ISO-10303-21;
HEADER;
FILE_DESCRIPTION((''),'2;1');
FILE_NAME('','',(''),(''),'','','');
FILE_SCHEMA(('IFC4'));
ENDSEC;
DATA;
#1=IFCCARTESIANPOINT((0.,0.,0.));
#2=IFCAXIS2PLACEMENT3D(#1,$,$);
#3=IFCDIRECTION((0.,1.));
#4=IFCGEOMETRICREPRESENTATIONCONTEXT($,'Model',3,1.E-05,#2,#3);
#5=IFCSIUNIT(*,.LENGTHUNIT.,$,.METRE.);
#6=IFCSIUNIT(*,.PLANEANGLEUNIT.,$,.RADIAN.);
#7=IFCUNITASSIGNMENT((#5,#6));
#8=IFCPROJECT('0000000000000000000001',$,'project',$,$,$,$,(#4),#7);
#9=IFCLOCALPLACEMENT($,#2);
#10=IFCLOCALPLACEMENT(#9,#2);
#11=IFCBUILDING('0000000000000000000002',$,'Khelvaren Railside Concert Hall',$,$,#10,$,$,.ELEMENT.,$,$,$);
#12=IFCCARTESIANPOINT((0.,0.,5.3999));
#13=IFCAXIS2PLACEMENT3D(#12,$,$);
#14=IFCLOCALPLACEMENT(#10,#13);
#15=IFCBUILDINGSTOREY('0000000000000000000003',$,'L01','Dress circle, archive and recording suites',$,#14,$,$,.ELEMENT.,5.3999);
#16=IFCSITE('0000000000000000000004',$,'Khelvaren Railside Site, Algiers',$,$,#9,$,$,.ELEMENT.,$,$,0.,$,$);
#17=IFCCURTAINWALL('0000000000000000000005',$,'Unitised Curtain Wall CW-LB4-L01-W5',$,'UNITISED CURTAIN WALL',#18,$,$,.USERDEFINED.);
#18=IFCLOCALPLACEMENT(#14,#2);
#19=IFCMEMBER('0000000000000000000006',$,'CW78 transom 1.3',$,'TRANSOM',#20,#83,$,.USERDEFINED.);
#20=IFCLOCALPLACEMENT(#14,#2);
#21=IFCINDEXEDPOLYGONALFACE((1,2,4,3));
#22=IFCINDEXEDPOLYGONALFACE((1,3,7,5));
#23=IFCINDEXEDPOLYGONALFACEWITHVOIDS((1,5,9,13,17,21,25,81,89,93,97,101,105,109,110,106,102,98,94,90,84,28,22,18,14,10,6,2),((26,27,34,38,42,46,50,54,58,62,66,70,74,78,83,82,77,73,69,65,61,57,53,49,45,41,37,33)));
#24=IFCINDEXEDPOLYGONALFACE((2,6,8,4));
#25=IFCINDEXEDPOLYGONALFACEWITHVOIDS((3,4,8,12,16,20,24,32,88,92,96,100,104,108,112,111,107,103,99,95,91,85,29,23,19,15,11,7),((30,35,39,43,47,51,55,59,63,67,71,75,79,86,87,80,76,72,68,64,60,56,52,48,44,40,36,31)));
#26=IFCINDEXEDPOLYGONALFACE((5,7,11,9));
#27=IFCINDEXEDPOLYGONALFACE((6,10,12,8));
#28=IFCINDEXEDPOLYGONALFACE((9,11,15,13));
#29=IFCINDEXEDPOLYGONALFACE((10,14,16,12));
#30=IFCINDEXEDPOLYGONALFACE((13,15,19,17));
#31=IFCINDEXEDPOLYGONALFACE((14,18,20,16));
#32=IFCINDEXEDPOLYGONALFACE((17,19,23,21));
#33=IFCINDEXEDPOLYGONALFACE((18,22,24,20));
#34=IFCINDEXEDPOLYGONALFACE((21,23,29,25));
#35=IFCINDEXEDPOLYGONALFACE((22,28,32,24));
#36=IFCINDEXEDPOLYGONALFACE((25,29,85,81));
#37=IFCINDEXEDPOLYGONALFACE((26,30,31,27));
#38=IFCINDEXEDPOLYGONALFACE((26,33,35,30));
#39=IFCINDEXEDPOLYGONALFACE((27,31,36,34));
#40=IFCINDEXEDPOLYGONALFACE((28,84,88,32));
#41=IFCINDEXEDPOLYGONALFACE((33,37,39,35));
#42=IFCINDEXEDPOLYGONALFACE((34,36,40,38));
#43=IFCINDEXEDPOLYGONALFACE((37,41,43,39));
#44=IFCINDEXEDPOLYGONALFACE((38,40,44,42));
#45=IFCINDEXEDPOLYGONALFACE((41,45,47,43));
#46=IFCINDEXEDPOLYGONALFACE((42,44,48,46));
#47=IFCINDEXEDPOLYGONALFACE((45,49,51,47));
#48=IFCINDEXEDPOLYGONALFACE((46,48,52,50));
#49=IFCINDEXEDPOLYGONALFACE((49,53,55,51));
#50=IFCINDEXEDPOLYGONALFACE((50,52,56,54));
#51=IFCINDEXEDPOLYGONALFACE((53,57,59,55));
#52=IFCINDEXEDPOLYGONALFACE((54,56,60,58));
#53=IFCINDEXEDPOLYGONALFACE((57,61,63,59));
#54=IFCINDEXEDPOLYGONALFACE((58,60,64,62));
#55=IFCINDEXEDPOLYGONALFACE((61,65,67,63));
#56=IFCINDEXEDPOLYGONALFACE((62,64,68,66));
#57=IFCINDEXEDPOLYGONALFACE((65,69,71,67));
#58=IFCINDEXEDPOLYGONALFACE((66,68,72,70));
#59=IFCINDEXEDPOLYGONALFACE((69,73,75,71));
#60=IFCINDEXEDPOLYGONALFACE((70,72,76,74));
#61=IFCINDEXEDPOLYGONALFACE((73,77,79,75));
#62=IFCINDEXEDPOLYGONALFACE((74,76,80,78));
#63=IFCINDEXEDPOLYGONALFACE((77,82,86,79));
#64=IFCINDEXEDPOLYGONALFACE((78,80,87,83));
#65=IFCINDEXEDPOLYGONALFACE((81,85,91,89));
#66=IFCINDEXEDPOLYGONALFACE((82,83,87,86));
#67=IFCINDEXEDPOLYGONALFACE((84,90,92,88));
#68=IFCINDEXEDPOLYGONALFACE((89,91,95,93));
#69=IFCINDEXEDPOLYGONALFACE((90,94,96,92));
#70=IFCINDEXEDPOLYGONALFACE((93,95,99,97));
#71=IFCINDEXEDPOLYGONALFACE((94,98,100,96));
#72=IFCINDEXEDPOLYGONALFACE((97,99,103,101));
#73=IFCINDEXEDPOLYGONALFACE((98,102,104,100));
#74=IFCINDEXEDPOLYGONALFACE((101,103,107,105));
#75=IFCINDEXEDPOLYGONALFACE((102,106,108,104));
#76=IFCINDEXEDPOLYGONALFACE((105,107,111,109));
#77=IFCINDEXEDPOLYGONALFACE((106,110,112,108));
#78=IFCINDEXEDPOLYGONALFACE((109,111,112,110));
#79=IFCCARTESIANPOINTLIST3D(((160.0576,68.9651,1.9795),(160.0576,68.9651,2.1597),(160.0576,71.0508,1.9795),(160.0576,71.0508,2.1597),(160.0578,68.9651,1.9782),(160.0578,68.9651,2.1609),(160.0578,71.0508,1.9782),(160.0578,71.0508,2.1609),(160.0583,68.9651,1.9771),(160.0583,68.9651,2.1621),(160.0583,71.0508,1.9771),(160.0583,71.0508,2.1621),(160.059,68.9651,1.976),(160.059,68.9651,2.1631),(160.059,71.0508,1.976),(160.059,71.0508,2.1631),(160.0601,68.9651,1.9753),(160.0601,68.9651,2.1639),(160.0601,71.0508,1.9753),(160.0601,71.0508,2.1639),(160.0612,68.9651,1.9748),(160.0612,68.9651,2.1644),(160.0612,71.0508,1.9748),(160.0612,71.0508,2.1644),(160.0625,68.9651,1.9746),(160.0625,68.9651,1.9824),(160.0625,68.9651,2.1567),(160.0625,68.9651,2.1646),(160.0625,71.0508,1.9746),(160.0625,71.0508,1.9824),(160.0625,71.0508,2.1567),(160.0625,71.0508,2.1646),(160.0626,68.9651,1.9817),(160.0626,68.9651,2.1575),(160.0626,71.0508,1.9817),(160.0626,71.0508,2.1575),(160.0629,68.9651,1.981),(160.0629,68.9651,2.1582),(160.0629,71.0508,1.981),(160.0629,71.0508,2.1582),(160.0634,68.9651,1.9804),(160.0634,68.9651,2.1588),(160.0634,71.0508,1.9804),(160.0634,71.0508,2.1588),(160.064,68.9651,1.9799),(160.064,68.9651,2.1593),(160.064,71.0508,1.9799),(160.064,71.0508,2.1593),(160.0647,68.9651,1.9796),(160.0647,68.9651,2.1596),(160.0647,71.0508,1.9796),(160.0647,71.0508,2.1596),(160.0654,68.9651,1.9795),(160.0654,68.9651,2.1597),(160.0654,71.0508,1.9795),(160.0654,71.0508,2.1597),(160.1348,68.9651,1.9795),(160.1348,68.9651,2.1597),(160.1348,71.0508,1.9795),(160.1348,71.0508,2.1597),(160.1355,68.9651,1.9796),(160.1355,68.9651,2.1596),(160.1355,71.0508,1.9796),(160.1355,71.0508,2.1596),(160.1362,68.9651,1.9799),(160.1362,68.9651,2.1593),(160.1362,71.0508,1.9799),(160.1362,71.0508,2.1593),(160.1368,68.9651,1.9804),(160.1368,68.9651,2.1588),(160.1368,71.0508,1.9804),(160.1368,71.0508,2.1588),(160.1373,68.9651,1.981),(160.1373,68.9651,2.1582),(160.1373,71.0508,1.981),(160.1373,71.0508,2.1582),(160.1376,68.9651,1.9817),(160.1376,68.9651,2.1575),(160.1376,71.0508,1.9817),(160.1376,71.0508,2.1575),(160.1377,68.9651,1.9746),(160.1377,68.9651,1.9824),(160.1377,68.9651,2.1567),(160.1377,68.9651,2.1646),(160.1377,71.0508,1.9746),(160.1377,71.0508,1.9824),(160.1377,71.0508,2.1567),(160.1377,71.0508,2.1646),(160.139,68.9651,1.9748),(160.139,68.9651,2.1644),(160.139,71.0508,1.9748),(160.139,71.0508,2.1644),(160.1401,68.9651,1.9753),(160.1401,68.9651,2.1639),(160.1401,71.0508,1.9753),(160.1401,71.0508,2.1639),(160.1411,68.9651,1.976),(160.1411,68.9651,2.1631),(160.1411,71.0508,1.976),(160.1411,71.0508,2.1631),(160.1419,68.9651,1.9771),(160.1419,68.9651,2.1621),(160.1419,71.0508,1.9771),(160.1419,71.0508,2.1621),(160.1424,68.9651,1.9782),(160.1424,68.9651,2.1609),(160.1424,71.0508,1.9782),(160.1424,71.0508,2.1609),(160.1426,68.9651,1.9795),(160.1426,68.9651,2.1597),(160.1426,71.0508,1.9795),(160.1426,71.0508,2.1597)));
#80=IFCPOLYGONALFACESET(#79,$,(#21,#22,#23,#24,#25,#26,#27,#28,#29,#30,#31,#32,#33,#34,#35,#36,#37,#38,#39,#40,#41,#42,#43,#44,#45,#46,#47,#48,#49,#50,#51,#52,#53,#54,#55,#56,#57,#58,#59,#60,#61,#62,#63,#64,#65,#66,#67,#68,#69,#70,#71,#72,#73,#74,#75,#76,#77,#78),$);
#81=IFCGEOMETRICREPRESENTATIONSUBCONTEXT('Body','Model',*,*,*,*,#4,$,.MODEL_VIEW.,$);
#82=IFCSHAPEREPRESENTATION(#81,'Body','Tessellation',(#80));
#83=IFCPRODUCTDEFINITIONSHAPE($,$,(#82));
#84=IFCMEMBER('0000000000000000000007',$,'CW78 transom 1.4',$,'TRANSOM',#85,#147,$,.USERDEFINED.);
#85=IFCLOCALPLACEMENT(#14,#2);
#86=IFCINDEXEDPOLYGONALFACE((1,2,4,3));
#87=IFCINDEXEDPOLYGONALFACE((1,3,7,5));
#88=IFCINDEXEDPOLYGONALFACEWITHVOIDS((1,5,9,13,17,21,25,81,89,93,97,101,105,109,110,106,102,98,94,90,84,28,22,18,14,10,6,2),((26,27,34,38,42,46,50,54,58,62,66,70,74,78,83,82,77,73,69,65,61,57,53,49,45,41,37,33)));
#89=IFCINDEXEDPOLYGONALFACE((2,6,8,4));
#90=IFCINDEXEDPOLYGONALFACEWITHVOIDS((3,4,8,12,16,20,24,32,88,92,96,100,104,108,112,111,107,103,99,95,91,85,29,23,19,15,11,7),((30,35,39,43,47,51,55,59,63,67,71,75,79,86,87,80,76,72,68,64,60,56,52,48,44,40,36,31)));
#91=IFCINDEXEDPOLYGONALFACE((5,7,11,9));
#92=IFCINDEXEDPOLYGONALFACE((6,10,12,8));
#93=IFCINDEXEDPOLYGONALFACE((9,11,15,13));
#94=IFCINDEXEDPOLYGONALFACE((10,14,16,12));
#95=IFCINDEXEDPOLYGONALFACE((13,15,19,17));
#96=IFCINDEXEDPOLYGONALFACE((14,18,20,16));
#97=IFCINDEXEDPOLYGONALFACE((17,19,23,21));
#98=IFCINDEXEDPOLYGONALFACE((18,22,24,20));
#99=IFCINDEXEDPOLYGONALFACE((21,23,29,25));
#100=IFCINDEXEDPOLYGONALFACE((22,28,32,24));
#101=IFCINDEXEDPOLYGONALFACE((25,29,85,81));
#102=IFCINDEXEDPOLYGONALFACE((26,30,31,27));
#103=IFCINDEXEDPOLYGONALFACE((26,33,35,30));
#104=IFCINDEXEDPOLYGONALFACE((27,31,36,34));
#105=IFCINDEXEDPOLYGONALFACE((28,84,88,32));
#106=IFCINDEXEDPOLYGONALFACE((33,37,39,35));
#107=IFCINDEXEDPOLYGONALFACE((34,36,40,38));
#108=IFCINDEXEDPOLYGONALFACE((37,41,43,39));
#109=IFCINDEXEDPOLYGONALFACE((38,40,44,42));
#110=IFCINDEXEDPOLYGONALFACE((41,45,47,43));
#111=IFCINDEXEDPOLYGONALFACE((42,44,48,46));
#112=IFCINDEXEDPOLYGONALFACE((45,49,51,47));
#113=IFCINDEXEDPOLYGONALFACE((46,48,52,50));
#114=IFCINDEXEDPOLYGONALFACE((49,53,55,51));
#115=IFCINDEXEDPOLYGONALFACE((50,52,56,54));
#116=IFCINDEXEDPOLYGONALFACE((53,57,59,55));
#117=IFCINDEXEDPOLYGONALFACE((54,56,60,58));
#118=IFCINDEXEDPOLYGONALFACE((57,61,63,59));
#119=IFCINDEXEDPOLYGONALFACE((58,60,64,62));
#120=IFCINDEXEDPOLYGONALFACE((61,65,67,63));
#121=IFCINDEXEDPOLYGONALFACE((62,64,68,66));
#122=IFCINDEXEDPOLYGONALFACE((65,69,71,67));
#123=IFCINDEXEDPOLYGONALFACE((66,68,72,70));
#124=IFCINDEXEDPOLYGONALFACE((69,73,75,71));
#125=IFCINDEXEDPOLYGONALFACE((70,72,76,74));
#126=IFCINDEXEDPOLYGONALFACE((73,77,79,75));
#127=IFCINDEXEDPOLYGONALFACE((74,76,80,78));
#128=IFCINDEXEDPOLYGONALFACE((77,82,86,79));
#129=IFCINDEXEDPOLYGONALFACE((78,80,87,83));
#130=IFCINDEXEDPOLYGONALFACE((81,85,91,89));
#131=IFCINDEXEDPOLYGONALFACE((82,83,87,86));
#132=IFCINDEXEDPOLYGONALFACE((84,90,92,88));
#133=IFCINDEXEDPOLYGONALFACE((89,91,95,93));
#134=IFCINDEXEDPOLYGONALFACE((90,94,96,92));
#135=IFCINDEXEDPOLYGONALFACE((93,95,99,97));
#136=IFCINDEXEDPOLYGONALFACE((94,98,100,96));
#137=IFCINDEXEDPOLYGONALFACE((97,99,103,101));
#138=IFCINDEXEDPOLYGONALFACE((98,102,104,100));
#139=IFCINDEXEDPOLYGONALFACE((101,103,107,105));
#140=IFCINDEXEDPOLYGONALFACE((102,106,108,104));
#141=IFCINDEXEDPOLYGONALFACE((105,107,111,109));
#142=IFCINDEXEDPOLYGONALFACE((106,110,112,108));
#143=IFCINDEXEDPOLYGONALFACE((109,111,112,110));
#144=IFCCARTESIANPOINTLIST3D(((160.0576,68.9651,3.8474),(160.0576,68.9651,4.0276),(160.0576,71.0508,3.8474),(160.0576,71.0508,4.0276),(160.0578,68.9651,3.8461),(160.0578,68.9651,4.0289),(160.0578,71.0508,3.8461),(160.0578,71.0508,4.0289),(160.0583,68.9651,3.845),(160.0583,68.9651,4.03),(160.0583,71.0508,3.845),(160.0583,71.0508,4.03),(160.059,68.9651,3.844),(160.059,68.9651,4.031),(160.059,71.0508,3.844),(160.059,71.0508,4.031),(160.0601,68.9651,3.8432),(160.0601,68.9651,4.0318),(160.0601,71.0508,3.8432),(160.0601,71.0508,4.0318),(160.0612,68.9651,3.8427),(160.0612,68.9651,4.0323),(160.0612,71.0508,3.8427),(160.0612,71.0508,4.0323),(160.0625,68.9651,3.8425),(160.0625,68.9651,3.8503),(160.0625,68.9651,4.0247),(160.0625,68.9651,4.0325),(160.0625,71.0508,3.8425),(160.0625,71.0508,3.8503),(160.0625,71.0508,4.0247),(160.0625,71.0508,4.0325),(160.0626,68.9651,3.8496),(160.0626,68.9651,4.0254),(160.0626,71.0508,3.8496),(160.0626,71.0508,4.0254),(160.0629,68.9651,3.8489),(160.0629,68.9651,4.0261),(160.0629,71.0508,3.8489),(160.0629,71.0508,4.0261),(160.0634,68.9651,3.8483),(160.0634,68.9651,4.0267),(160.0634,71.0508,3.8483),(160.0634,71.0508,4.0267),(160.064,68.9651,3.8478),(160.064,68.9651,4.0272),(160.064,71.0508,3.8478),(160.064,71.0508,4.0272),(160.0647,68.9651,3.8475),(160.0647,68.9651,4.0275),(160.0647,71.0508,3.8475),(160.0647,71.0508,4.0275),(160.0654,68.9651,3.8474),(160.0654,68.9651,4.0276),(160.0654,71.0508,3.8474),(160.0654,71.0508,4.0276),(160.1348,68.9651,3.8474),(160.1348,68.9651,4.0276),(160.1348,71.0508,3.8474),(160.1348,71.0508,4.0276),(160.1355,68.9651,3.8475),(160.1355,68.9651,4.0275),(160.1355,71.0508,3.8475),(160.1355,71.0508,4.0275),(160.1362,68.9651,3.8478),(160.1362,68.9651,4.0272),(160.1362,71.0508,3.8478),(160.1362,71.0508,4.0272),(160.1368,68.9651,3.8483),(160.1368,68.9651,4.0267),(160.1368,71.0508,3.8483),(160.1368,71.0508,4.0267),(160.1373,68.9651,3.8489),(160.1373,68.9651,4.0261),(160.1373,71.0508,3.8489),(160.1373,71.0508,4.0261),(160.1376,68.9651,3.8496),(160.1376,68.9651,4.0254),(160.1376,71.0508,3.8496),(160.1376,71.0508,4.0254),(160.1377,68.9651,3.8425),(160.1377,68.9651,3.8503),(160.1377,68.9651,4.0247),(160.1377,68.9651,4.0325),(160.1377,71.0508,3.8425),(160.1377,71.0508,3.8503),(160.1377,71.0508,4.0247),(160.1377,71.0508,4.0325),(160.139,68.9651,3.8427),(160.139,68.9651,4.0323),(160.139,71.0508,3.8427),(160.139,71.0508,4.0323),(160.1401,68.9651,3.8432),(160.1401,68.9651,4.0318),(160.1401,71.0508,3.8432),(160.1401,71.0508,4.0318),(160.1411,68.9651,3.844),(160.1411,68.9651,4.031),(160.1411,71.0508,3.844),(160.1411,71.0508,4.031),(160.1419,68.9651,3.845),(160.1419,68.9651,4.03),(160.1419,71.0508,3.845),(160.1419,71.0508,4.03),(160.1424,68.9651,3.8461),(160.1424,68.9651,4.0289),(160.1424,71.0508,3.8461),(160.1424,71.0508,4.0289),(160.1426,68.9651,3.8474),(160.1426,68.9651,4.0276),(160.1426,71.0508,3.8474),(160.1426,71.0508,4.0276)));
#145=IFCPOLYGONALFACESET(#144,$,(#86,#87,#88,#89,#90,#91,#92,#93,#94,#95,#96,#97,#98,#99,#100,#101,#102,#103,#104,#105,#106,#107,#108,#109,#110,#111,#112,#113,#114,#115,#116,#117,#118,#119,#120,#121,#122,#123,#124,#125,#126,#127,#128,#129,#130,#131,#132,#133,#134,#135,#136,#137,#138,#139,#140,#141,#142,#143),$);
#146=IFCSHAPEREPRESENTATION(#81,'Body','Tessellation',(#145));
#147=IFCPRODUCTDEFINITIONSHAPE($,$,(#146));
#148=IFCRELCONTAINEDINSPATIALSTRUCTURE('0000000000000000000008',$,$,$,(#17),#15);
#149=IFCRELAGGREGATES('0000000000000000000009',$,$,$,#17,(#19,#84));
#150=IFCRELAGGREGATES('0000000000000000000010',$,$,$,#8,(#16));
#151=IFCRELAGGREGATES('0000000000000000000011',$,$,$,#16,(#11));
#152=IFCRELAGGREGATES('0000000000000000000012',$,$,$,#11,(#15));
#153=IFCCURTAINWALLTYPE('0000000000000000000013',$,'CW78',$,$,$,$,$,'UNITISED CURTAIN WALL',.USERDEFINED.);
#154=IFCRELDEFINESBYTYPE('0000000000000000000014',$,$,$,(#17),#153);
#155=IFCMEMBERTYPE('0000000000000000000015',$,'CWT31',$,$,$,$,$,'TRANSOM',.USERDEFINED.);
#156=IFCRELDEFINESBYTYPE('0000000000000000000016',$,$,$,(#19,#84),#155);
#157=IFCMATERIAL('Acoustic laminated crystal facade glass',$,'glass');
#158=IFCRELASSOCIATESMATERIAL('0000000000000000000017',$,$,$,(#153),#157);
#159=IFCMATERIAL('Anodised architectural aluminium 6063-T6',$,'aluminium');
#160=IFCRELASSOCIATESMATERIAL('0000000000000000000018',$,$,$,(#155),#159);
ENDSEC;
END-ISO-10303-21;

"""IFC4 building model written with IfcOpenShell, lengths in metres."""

from ifc_helpers import new_model, si_unit, direction, frame, origin, origin_2d, place, context, subcontext, project, spatial, hollow_rectangle, extrude, material, material_profile, profile_set, type_object, element, aggregate, save


model = new_model("IFC4")

# Units and contexts
model_context = context("Model", 3, precision=1e-05, world=origin(), true_north=direction((0.0, 1.0)))
body_context = subcontext(model_context, "Body", "Model", "MODEL_VIEW")
ifc_project = project(units=[si_unit("LENGTHUNIT", "METRE"), si_unit("PLANEANGLEUNIT", "RADIAN")], contexts=[model_context])

# Site, building, storey
site_placement = place(None, origin())
site = spatial("IfcSite", under=ifc_project, at=site_placement, Name="Khelvaren Railside Site, Algiers", CompositionType="ELEMENT", RefElevation=0.0)
building_placement = place(site_placement, origin())
building = spatial("IfcBuilding", under=site, at=building_placement, Name="Khelvaren Railside Concert Hall", CompositionType="ELEMENT")
storey_placement = place(building_placement, frame((0.0, 0.0, 5.3999)))
storey = spatial("IfcBuildingStorey", under=building, at=storey_placement, Name="L01", Description="Dress circle, archive and recording suites", CompositionType="ELEMENT", Elevation=5.3999)

# Shared definitions
ifc_material_1 = material(Name="Acoustic laminated crystal facade glass", Category="glass")
curtain_wall_type = type_object("IfcCurtainWallType", Name="CW78", ElementType="UNITISED CURTAIN WALL", PredefinedType="USERDEFINED", material=ifc_material_1)
ifc_material_2 = material(Name="Anodised architectural aluminium 6063-T6", Category="aluminium")

# Curtain wall, members
curtain_wall_1_placement = place(storey_placement, origin())
curtain_wall_1 = element("IfcCurtainWall", 1, at=curtain_wall_1_placement, inside=storey, type_object=curtain_wall_type, Name="Unitised Curtain Wall CW-LB4-L01-W5", ObjectType="UNITISED CURTAIN WALL", PredefinedType="USERDEFINED")
ifc_material_profile_1 = material_profile(ifc_material_2, hollow_rectangle(XDim=0.085, YDim=0.1899, WallThickness=0.0049, InnerFilletRadius=0.0029, OuterFilletRadius=0.0049, at=origin_2d()), Name="CWT 85x190x5")
ifc_profile_set_1 = profile_set([ifc_material_profile_1], Name="Anodised architectural aluminium 6063-T6")
member_type_1 = type_object("IfcMemberType", Name="CWT31", ElementType="TRANSOM", PredefinedType="USERDEFINED", material=ifc_profile_set_1)
member_1_placement = place(storey_placement, frame((160.1001, 68.9651, 2.0696), z_axis=(0.0, 1.0, 0.0), x_axis=(-1.0, 0.0, 0.0)))
member_1 = element("IfcMember", 2, at=member_1_placement, type_object=member_type_1, Name="CW78 transom 1.3", ObjectType="TRANSOM", PredefinedType="USERDEFINED", context=body_context, shape_type="SweptSolid", body=[
    extrude(hollow_rectangle(XDim=0.085, YDim=0.1899, WallThickness=0.0049, InnerFilletRadius=0.0029, OuterFilletRadius=0.0049, at=origin_2d()), origin(), (0.0, 0.0, 1.0), 2.0857),
])
member_2_placement = place(storey_placement, frame((160.1001, 68.9651, 3.9375), z_axis=(0.0, 1.0, 0.0), x_axis=(-1.0, 0.0, 0.0)))
member_2 = element("IfcMember", 3, at=member_2_placement, type_object=member_type_1, Name="CW78 transom 1.4", ObjectType="TRANSOM", PredefinedType="USERDEFINED", context=body_context, shape_type="SweptSolid", body=[
    extrude(hollow_rectangle(XDim=0.085, YDim=0.1899, WallThickness=0.0049, InnerFilletRadius=0.0029, OuterFilletRadius=0.0049, at=origin_2d()), origin(), (0.0, 0.0, 1.0), 2.0857),
])

aggregate(curtain_wall_1, [member_1, member_2])

save(model, "model.ifc")
